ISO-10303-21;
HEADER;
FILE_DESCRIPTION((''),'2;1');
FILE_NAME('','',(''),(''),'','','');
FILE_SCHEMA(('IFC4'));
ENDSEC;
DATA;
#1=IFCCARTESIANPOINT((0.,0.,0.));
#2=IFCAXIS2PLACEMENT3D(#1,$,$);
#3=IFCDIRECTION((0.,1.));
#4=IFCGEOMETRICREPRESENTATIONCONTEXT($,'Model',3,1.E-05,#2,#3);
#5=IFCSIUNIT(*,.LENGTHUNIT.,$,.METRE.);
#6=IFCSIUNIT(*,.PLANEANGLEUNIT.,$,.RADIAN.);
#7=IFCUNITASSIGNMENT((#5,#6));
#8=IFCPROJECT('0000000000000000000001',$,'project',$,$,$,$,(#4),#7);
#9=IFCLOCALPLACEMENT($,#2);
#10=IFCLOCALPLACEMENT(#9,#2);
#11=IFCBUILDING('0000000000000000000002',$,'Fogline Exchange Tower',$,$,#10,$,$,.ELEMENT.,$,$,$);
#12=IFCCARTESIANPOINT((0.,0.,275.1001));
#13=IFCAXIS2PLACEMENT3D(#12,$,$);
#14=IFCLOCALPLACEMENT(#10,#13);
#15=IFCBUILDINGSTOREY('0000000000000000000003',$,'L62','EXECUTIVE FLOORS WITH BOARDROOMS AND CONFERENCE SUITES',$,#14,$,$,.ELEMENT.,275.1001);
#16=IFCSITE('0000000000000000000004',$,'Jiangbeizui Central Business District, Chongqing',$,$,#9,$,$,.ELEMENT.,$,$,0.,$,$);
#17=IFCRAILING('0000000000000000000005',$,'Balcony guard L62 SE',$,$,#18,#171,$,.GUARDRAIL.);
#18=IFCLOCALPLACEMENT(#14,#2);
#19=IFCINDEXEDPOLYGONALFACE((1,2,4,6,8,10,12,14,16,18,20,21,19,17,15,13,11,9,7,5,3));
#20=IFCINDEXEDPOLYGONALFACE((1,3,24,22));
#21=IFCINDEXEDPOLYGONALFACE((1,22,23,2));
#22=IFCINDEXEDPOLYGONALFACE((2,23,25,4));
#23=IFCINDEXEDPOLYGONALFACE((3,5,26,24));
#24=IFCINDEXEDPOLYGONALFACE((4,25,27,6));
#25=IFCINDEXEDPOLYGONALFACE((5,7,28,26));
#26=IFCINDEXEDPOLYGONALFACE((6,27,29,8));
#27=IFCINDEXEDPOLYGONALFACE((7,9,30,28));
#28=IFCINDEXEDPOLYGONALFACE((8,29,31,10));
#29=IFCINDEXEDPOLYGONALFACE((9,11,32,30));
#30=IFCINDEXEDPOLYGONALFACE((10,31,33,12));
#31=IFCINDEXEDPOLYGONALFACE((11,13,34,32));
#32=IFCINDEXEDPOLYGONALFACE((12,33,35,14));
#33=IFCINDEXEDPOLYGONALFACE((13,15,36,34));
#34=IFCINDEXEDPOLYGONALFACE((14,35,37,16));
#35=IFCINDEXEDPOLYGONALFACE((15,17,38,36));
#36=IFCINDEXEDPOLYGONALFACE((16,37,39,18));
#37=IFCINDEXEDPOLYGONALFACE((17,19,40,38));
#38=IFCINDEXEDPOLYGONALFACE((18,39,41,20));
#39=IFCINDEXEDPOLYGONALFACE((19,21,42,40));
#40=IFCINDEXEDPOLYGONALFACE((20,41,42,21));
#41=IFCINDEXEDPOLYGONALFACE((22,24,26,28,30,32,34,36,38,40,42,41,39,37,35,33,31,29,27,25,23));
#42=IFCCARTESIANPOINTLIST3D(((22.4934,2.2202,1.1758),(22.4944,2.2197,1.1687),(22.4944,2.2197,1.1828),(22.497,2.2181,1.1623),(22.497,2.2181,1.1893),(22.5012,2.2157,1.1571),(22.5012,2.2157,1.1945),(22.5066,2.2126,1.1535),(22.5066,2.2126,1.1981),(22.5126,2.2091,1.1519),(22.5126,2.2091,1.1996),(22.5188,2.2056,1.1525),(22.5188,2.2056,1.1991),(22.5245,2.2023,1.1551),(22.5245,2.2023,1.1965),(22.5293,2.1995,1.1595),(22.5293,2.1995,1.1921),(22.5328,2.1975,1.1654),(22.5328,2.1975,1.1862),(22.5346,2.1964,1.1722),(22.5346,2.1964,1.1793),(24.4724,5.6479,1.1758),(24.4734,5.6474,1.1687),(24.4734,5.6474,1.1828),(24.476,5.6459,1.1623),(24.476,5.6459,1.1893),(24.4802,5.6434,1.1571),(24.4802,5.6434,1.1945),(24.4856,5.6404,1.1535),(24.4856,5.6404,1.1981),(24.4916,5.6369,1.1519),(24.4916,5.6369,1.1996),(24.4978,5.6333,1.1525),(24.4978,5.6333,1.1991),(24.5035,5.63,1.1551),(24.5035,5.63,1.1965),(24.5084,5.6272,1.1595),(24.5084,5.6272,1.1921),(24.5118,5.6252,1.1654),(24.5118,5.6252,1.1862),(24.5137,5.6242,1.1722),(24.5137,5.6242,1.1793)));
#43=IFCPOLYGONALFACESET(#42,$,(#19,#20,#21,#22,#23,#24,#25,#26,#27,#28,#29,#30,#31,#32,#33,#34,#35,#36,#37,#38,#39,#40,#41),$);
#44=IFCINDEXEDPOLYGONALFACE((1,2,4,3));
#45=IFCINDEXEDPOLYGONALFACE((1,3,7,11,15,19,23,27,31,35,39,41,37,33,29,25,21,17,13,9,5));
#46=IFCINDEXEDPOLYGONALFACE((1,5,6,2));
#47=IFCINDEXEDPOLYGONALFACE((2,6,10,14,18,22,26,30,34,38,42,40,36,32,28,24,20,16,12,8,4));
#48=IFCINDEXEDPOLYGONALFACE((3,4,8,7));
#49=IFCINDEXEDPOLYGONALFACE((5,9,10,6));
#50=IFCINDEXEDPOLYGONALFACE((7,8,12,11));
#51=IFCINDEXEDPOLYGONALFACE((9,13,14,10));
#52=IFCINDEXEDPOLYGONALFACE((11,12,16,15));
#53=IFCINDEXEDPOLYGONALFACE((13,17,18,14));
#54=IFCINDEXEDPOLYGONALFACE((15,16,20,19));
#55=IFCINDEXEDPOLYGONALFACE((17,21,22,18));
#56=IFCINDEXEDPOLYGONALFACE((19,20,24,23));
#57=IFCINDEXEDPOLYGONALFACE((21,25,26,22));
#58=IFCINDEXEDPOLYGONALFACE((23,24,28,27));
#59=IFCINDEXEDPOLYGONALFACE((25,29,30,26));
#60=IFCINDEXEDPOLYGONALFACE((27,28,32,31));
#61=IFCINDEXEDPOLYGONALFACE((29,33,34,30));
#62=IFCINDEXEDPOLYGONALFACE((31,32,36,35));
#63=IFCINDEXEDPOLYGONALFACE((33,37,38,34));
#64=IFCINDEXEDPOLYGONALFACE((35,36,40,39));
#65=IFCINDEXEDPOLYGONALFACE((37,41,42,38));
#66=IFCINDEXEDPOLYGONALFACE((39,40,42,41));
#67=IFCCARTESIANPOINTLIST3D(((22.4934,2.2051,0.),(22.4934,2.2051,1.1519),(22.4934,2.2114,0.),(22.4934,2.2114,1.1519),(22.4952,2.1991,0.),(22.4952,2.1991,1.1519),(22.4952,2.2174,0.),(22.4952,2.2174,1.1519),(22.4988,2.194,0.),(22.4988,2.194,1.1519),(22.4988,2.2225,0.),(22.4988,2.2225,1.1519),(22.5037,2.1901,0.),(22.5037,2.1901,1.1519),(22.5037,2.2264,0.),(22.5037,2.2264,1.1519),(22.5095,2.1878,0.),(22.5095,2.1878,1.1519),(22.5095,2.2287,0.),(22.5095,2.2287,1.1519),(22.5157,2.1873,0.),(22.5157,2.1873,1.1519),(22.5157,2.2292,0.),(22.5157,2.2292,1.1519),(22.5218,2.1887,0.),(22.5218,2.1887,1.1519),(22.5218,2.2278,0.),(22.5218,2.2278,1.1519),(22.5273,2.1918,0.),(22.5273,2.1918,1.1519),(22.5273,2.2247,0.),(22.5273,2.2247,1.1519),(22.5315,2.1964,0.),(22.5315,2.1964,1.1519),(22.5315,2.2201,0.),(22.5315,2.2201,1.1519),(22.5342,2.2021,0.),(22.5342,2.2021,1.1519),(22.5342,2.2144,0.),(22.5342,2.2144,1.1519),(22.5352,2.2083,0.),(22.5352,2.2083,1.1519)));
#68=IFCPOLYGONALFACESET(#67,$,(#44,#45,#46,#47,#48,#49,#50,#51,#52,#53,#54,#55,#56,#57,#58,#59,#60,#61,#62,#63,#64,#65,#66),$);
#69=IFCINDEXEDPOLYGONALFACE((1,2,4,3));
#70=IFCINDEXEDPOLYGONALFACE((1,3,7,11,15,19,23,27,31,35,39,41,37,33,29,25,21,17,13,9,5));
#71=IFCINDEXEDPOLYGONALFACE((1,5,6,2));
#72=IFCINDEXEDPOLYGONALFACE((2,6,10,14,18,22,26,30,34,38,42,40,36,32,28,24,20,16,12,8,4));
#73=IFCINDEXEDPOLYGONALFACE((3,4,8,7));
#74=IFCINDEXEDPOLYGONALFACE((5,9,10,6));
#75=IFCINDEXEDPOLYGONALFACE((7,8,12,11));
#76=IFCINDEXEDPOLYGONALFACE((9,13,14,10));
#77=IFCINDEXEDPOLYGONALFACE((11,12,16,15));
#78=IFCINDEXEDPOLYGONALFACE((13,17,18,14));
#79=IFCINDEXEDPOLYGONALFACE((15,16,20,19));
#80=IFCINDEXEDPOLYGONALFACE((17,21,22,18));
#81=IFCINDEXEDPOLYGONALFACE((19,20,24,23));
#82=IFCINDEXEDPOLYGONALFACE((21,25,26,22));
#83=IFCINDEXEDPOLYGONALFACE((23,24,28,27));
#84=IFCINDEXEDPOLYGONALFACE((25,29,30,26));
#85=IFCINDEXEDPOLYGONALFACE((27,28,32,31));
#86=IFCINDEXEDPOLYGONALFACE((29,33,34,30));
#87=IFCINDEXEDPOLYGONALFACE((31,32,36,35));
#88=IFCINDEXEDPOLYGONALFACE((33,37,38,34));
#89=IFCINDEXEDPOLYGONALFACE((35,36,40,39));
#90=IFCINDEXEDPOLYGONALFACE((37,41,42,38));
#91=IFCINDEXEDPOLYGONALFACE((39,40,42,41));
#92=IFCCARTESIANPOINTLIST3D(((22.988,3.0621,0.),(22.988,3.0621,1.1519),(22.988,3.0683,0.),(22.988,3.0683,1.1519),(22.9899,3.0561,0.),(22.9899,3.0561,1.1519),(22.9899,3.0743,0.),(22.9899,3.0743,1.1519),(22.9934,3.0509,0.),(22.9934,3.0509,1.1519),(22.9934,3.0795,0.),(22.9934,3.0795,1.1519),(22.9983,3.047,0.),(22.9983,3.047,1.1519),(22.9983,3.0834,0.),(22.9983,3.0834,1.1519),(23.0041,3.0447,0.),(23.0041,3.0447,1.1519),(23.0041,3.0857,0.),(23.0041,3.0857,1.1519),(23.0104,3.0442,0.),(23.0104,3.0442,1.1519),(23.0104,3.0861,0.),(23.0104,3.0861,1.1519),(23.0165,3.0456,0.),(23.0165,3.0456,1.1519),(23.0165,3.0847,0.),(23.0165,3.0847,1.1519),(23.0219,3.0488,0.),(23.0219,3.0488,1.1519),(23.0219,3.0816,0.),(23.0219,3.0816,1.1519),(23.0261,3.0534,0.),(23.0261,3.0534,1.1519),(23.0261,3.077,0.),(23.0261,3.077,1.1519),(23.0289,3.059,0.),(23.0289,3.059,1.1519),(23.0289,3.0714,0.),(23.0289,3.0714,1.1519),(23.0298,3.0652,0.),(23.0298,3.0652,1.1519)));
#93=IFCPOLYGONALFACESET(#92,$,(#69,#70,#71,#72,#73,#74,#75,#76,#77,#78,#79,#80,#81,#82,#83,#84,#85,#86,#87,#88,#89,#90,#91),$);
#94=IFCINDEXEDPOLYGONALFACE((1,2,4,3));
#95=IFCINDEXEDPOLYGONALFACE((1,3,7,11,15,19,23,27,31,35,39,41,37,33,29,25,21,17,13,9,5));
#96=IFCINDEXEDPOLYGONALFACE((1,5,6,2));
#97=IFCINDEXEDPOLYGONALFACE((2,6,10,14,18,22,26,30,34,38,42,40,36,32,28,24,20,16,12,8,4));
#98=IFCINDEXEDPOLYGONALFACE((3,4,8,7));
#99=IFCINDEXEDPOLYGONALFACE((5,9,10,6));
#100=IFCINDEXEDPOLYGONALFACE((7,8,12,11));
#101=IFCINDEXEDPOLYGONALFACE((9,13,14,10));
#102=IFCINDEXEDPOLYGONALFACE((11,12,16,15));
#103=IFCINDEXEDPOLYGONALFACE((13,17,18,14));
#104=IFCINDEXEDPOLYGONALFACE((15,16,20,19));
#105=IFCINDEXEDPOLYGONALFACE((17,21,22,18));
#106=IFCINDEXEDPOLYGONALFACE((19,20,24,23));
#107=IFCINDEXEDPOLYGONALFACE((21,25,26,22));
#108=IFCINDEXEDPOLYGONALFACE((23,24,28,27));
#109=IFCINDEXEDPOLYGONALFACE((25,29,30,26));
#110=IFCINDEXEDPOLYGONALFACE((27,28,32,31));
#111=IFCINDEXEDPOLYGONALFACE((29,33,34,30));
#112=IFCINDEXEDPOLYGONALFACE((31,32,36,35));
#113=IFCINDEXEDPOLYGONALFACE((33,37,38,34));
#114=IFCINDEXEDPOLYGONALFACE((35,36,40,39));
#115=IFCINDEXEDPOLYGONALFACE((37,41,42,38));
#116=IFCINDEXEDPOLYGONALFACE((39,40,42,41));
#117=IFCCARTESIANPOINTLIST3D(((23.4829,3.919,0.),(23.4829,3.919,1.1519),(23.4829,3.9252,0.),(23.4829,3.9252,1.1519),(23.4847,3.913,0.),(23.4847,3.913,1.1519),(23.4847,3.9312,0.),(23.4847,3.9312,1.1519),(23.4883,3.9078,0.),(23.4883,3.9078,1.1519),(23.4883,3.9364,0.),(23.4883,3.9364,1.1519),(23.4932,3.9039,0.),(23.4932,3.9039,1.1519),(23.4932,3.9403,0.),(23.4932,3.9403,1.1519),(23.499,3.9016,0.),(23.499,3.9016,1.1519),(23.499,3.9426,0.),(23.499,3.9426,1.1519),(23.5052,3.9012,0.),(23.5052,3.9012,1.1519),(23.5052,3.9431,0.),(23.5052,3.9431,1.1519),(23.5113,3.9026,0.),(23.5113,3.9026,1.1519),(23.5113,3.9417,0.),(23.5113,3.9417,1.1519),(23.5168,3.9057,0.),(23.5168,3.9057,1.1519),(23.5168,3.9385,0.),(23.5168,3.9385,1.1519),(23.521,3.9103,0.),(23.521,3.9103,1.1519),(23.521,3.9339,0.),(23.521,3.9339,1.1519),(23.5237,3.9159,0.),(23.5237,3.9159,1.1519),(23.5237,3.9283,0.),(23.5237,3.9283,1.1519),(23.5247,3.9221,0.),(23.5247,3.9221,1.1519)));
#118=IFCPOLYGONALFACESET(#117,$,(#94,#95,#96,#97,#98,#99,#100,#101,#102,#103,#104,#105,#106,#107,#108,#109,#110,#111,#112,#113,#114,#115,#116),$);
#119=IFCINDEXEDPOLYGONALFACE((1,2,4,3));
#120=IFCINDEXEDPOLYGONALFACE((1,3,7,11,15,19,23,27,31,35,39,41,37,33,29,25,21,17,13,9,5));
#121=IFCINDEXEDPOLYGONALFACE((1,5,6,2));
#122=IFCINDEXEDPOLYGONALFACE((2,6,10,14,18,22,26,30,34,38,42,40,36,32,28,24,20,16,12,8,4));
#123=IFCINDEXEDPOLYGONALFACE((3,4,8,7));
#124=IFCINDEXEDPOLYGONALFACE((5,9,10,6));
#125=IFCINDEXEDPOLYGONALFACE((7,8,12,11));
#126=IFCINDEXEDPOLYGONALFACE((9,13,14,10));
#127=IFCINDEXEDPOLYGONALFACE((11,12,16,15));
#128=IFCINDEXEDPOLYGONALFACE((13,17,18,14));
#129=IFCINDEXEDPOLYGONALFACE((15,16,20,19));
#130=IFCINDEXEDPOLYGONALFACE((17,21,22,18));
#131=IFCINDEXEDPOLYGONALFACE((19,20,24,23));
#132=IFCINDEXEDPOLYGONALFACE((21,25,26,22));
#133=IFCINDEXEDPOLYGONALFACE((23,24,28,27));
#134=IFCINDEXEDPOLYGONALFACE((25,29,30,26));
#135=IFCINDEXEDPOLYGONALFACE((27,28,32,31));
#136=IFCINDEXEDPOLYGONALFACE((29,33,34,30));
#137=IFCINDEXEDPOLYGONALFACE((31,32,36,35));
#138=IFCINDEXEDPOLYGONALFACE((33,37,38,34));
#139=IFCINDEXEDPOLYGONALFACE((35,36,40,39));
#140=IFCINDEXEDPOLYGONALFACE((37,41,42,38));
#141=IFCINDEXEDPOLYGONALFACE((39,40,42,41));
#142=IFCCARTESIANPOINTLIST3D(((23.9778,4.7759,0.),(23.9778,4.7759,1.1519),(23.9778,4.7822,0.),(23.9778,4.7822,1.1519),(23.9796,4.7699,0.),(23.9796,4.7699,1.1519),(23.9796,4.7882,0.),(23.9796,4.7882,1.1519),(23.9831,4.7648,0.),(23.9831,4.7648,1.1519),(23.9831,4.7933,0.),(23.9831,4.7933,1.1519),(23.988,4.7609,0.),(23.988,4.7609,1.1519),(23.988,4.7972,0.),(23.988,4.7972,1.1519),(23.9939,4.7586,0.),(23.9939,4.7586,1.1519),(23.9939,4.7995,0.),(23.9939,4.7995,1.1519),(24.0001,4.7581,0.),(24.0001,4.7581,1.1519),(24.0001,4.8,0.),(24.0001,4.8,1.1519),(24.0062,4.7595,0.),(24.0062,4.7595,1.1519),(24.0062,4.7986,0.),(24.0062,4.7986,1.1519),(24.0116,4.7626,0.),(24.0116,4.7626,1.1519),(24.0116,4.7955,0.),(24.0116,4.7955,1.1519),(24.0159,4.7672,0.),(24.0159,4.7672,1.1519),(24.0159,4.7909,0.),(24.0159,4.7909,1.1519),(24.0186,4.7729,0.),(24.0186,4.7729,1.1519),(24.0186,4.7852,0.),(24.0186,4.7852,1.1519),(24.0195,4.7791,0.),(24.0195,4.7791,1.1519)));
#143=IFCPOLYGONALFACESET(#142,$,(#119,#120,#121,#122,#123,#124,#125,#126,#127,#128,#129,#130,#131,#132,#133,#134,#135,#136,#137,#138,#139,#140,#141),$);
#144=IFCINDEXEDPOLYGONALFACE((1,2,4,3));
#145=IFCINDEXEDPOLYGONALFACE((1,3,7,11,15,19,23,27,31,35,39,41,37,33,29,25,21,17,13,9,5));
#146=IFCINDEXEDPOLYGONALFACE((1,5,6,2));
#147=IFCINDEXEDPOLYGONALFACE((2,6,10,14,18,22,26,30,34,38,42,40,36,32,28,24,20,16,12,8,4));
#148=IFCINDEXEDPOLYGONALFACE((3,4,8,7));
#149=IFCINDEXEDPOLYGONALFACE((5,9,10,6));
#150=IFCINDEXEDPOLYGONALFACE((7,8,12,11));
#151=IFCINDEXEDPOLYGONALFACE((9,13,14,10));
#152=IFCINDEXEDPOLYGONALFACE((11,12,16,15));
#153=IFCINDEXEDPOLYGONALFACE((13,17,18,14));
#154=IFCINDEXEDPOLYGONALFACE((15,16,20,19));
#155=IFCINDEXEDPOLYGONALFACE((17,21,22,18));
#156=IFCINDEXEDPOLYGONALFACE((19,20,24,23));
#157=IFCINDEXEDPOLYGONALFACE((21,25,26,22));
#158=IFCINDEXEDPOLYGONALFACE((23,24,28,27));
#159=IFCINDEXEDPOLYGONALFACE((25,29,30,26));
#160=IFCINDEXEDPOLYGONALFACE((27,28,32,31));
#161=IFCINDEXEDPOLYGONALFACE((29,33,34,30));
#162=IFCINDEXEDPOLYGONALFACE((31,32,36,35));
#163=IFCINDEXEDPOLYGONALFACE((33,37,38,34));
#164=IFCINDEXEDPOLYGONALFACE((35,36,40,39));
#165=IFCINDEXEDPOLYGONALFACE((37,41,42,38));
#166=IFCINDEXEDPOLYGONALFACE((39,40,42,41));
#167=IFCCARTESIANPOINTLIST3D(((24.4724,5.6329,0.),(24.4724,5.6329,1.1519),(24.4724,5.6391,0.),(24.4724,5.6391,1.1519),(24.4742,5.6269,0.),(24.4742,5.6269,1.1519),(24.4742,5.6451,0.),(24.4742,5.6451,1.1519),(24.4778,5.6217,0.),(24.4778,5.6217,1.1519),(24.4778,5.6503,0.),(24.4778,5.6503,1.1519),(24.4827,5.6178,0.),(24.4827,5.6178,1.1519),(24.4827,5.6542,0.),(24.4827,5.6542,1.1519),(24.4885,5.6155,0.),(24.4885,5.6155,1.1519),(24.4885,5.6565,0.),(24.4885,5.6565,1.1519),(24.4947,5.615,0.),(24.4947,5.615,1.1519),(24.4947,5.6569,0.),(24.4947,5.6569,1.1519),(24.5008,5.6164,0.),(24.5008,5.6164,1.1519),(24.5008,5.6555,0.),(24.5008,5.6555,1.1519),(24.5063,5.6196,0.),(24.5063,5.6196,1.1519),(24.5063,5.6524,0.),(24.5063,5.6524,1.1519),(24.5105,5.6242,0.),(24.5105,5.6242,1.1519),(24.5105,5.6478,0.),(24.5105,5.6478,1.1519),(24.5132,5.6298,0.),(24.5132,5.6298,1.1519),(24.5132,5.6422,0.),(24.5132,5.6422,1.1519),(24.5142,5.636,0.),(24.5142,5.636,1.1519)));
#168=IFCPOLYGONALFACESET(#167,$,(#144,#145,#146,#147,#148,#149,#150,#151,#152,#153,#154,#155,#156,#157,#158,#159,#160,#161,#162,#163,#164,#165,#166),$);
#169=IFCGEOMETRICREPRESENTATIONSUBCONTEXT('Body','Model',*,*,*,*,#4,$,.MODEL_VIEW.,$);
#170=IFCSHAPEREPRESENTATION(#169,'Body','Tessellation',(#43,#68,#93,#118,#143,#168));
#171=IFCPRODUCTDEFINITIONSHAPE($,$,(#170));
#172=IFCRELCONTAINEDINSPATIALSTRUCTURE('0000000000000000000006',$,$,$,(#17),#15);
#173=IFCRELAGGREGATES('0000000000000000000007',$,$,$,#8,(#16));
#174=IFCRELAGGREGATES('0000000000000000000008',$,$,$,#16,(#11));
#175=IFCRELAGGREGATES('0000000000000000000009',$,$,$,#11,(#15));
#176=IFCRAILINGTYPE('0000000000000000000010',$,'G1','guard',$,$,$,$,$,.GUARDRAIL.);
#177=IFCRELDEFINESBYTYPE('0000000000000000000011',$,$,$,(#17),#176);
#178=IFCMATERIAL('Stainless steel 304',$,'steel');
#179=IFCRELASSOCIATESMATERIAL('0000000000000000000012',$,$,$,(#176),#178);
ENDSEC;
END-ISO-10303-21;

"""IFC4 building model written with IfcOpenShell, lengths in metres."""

from ifc_helpers import new_model, si_unit, direction, frame, origin, origin_2d, place, context, subcontext, project, spatial, circle, extrude, material, type_object, element, save


model = new_model("IFC4")

# Units and contexts
model_context = context("Model", 3, precision=1e-05, world=origin(), true_north=direction((0.0, 1.0)))
body_context = subcontext(model_context, "Body", "Model", "MODEL_VIEW")
ifc_project = project(units=[si_unit("LENGTHUNIT", "METRE"), si_unit("PLANEANGLEUNIT", "RADIAN")], contexts=[model_context])

# Site, building, storey
site_placement = place(None, origin())
site = spatial("IfcSite", under=ifc_project, at=site_placement, Name="Jiangbeizui Central Business District, Chongqing", CompositionType="ELEMENT", RefElevation=0.0)
building_placement = place(site_placement, origin())
building = spatial("IfcBuilding", under=site, at=building_placement, Name="Fogline Exchange Tower", CompositionType="ELEMENT")
storey_placement = place(building_placement, frame((0.0, 0.0, 275.1001)))
storey = spatial("IfcBuildingStorey", under=building, at=storey_placement, Name="L62", Description="EXECUTIVE FLOORS WITH BOARDROOMS AND CONFERENCE SUITES", CompositionType="ELEMENT", Elevation=275.1001)

# Railing
ifc_material_1 = material(Name="Stainless steel 304", Category="steel")
railing_type = type_object("IfcRailingType", Name="G1", Description="guard", PredefinedType="GUARDRAIL", material=ifc_material_1)
railing_placement = place(storey_placement, frame((22.5142, 2.2083, 0.0)))
element("IfcRailing", 1, at=railing_placement, inside=storey, type_object=railing_type, Name="Balcony guard L62 SE", PredefinedType="GUARDRAIL", context=body_context, shape_type="SweptSolid", body=[
    extrude(circle(Radius=0.0239, at=origin_2d()), frame((0.0, 0.0, 1.1758), z_axis=(0.5, 0.866025, 0.0), x_axis=(-0.866025, 0.5, 0.0)), (0.0, 0.0, 1.0), 3.958),
    extrude(circle(Radius=0.021, at=origin_2d()), origin(), (0.0, 0.0, 1.0), 1.1519),
    extrude(circle(Radius=0.021, at=origin_2d()), frame((0.4946, 0.8569, 0.0)), (0.0, 0.0, 1.0), 1.1519),
    extrude(circle(Radius=0.021, at=origin_2d()), frame((0.9895, 1.7139, 0.0)), (0.0, 0.0, 1.0), 1.1519),
    extrude(circle(Radius=0.021, at=origin_2d()), frame((1.4844, 2.5708, 0.0)), (0.0, 0.0, 1.0), 1.1519),
    extrude(circle(Radius=0.021, at=origin_2d()), frame((1.979, 3.4277, 0.0)), (0.0, 0.0, 1.0), 1.1519),
])

save(model, "model.ifc")
